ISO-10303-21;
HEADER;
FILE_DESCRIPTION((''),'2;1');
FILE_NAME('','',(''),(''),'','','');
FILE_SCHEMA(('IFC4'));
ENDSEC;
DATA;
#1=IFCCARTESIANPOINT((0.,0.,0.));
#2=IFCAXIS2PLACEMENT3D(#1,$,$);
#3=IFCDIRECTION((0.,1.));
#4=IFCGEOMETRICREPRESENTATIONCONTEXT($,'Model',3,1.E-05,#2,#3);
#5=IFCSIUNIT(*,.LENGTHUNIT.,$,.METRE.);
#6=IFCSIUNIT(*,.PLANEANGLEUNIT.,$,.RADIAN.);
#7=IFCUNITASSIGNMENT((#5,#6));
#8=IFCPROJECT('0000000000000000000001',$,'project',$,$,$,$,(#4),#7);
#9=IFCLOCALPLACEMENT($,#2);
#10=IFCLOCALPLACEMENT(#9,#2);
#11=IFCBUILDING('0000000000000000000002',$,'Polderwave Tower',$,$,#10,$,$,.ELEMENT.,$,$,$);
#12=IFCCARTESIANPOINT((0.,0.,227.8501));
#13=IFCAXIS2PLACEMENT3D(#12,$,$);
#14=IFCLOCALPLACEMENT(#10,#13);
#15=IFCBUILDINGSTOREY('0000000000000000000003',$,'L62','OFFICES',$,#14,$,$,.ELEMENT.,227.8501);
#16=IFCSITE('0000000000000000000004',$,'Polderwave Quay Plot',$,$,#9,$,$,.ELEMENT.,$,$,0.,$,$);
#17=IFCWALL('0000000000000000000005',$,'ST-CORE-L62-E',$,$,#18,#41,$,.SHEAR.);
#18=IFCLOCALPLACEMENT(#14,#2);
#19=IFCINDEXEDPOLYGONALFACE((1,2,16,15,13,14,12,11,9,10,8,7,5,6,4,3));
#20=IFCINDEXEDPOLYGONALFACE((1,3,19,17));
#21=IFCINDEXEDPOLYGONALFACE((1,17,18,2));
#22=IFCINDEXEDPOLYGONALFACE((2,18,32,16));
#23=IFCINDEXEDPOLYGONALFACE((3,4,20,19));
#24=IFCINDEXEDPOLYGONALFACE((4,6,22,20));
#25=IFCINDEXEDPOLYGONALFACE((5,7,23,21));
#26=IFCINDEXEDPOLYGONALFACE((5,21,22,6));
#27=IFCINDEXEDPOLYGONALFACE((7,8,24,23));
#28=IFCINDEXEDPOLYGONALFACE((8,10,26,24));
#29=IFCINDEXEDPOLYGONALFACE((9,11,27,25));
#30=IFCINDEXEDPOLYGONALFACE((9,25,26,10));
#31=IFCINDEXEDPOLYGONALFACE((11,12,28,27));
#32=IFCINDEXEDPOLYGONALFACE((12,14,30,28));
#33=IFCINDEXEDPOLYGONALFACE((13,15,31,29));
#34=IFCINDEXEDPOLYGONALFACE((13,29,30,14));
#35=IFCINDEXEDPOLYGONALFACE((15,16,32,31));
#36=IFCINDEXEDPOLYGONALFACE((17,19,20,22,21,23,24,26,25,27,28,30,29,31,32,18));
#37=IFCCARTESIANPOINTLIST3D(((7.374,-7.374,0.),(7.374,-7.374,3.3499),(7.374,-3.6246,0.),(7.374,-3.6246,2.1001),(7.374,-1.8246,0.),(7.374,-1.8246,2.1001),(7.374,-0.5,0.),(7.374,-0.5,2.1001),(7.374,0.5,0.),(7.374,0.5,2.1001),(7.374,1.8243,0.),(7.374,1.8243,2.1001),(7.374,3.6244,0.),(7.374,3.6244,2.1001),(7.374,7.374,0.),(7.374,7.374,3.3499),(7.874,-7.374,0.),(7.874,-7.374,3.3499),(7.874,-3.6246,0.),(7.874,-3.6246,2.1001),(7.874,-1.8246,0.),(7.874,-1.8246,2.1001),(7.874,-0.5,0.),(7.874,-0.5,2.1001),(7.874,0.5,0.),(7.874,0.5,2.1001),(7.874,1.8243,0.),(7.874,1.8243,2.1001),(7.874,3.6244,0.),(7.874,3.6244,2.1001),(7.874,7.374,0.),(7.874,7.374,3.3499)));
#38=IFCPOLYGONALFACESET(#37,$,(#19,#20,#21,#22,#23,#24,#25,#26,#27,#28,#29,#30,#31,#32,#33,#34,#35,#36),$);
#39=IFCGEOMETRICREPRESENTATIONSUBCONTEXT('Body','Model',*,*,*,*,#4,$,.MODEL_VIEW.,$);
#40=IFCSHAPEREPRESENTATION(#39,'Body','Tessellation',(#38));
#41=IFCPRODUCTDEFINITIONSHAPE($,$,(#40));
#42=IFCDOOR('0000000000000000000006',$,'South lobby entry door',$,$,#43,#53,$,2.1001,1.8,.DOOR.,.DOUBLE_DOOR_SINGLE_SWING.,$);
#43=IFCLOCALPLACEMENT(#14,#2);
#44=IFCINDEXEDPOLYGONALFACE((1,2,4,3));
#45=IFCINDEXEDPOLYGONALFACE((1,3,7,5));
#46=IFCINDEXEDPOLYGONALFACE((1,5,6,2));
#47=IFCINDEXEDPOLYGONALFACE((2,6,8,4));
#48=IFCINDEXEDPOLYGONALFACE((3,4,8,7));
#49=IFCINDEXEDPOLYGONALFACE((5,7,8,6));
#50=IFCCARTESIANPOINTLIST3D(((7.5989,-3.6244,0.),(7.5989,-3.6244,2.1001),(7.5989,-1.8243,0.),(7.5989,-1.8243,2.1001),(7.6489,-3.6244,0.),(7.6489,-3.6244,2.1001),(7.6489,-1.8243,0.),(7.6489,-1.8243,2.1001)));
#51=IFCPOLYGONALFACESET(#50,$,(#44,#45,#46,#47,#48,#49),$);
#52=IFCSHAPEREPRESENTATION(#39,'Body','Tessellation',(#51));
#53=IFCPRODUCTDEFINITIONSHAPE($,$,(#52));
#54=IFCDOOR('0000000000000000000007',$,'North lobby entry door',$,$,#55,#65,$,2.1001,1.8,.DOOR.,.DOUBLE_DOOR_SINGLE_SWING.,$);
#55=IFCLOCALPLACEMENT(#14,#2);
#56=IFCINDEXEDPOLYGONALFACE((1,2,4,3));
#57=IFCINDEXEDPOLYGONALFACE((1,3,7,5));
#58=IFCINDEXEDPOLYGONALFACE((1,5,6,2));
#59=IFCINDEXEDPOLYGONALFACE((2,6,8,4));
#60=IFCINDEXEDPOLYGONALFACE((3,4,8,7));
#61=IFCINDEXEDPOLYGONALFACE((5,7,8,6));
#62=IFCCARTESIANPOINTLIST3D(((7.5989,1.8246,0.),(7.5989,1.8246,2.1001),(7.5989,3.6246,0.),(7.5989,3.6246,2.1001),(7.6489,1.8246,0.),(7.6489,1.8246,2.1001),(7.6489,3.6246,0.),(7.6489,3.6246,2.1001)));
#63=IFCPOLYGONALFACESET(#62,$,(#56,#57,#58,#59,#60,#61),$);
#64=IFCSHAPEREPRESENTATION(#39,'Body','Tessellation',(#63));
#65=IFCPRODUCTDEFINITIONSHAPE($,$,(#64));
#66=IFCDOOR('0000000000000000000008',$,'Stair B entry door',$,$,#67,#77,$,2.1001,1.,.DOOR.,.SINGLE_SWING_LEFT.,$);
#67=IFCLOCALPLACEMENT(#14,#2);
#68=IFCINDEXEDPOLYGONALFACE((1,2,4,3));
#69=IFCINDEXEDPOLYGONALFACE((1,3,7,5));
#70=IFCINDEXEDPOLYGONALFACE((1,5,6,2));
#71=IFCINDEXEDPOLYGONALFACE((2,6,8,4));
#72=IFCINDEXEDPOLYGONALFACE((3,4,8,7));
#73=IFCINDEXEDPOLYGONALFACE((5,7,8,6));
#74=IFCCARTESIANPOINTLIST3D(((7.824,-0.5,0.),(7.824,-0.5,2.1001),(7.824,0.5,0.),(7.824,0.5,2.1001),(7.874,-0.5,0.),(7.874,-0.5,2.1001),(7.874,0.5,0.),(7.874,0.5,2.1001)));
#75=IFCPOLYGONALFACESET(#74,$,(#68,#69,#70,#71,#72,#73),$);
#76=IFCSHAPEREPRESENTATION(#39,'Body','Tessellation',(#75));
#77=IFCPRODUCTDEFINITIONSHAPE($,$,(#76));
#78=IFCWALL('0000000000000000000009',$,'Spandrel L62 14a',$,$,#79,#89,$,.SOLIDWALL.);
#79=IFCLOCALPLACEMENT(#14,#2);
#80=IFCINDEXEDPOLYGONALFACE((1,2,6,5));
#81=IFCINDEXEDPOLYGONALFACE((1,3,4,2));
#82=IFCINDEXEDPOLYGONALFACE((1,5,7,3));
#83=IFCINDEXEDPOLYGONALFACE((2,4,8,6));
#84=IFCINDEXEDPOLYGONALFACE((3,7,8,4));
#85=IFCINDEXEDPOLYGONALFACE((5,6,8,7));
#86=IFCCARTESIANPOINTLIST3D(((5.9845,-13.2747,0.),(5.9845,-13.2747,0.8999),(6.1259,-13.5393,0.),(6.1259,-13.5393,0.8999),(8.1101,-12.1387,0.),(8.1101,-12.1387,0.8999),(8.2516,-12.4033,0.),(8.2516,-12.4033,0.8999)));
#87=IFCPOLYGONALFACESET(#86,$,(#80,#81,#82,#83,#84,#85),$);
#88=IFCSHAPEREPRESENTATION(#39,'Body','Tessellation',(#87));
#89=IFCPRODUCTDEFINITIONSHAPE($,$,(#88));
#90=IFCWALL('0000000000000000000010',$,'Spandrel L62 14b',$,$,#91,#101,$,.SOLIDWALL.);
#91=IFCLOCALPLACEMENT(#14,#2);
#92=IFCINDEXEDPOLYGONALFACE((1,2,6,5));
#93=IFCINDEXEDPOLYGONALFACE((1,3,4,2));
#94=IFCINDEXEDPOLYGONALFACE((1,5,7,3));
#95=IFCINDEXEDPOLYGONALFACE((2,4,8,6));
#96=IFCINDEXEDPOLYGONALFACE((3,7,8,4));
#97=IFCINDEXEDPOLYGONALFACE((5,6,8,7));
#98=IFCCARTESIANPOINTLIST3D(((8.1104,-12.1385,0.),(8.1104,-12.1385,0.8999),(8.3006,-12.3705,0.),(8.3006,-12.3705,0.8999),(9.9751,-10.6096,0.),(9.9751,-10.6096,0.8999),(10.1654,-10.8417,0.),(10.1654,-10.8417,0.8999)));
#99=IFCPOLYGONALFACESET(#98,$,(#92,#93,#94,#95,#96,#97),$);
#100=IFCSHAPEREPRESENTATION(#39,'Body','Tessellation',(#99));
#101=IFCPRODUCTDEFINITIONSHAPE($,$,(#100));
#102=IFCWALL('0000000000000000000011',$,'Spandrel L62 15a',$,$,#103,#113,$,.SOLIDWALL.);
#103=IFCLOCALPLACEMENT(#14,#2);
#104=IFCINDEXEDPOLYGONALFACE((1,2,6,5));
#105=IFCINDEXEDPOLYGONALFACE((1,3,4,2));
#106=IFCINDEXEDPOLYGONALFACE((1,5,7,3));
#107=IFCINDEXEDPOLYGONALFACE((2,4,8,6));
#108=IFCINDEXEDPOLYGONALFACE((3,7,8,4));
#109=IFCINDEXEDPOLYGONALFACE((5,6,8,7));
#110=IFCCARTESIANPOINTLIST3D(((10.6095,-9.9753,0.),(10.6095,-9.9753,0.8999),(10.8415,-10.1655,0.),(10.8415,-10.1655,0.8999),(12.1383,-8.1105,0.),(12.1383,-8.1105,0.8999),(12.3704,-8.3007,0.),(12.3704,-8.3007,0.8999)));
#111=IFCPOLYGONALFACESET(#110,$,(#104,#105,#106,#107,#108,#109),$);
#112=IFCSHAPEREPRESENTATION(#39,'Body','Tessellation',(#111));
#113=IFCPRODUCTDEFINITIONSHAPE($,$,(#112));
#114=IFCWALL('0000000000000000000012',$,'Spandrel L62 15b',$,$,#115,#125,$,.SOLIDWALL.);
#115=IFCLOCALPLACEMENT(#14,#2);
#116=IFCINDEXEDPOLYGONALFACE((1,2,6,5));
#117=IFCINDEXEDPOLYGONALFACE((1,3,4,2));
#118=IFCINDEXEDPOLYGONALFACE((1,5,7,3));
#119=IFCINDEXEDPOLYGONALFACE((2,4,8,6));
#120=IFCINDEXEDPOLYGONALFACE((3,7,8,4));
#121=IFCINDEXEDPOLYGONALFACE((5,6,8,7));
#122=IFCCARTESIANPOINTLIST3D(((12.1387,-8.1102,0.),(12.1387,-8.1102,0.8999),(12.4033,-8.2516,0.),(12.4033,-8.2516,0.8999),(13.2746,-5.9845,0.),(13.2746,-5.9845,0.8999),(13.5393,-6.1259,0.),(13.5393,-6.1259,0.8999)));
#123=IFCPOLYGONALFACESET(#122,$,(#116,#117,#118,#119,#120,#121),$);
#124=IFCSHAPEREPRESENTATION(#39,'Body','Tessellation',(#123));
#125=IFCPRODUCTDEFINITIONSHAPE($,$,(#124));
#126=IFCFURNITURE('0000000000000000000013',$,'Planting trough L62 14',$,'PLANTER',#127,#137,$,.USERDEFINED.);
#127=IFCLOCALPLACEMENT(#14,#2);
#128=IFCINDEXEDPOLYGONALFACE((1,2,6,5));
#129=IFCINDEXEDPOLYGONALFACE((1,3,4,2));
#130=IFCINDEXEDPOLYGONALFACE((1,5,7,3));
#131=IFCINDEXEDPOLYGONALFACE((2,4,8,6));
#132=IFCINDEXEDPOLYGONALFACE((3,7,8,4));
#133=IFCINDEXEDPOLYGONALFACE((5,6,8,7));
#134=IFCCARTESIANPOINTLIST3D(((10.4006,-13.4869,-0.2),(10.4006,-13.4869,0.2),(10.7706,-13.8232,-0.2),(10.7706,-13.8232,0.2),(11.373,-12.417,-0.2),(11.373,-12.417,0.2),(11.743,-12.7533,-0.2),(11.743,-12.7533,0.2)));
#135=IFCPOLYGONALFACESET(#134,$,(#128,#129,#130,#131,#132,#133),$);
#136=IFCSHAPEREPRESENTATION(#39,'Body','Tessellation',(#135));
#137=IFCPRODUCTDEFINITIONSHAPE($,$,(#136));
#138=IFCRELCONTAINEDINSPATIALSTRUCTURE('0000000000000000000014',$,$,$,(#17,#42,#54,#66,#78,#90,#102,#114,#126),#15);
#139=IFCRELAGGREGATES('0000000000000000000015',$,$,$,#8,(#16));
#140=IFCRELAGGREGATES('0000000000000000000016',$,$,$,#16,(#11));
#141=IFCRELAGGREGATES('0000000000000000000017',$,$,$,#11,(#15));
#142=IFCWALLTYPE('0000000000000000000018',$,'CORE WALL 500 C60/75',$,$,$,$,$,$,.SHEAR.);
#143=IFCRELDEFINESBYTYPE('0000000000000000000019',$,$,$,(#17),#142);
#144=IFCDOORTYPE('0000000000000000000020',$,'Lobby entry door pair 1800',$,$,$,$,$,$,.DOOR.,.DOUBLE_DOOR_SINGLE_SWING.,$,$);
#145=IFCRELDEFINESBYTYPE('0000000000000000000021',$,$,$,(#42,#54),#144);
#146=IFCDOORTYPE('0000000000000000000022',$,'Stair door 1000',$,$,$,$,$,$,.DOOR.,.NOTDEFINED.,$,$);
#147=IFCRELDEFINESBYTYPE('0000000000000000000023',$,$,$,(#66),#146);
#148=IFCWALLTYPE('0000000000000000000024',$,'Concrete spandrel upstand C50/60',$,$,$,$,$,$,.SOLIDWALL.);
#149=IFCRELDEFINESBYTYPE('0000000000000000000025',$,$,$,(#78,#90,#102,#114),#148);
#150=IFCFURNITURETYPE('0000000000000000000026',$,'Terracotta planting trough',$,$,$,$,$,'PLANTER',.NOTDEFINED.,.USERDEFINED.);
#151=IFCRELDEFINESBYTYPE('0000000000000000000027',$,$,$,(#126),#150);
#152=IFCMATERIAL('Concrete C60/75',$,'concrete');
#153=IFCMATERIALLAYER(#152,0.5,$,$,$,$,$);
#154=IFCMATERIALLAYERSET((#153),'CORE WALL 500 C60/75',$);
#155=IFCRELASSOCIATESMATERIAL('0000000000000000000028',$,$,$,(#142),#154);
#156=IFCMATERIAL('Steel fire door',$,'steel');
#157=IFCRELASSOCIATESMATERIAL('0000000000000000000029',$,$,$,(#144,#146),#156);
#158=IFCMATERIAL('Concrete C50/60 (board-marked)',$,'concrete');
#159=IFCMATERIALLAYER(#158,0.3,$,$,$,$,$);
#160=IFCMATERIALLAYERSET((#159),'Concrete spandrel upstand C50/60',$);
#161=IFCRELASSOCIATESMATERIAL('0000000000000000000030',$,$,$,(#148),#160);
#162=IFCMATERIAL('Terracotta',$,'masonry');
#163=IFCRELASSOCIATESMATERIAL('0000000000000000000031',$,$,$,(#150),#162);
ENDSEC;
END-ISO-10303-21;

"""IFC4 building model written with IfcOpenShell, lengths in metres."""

from ifc_helpers import new_model, si_unit, direction, frame, frame_2d, origin, origin_2d, place, context, subcontext, project, spatial, rectangle, extrude, material, layer, layer_set, type_object, element, fill, save


model = new_model("IFC4")

# Units and contexts
model_context = context("Model", 3, precision=1e-05, world=origin(), true_north=direction((0.0, 1.0)))
body_context = subcontext(model_context, "Body", "Model", "MODEL_VIEW")
ifc_project = project(units=[si_unit("LENGTHUNIT", "METRE"), si_unit("PLANEANGLEUNIT", "RADIAN")], contexts=[model_context])

# Site, building, storey
site_placement = place(None, origin())
site = spatial("IfcSite", under=ifc_project, at=site_placement, Name="Polderwave Quay Plot", CompositionType="ELEMENT", RefElevation=0.0)
building_placement = place(site_placement, origin())
building = spatial("IfcBuilding", under=site, at=building_placement, Name="Polderwave Tower", CompositionType="ELEMENT")
storey_placement = place(building_placement, frame((0.0, 0.0, 227.8501)))
storey = spatial("IfcBuildingStorey", under=building, at=storey_placement, Name="L62", Description="OFFICES", CompositionType="ELEMENT", Elevation=227.8501)

# Shared definitions
ifc_material_1 = material(Name="Concrete C60/75", Category="concrete")

# Wall, openings, doors
ifc_layer_1 = layer(ifc_material_1, 0.5)
ifc_layer_set_1 = layer_set([ifc_layer_1], Name="CORE WALL 500 C60/75")
wall_type_1 = type_object("IfcWallType", Name="CORE WALL 500 C60/75", PredefinedType="SHEAR", material=ifc_layer_set_1)
wall_1_placement = place(storey_placement, frame((7.624, -7.374, 0.0), z_axis=(0.0, 0.0, 1.0), x_axis=(0.0, 1.0, 0.0)))
wall_1 = element("IfcWall", 1, at=wall_1_placement, inside=storey, type_object=wall_type_1, Name="ST-CORE-L62-E", PredefinedType="SHEAR", context=body_context, shape_type="SweptSolid", body=[
    extrude(rectangle(XDim=14.748, YDim=0.5, at=frame_2d((7.374, 0.0))), origin(), (0.0, 0.0, 1.0), 3.3499),
])
opening_1_placement = place(wall_1_placement, frame((6.874, 0.0, 0.0)))
opening_1 = element("IfcOpeningElement", 2, at=opening_1_placement, cuts=wall_1, PredefinedType="OPENING", context=body_context, shape_type="SweptSolid", body=[
    extrude(rectangle(XDim=1.0, YDim=2.1001, at=frame_2d((0.5, 1.05))), frame((0.0, 0.26, 0.0), z_axis=(0.0, -1.0, 0.0), x_axis=(1.0, 0.0, 0.0)), (0.0, 0.0, 1.0), 0.52),
])
opening_2_placement = place(wall_1_placement, frame((3.7495, 0.0, 0.0)))
opening_2 = element("IfcOpeningElement", 3, at=opening_2_placement, cuts=wall_1, PredefinedType="OPENING", context=body_context, shape_type="SweptSolid", body=[
    extrude(rectangle(XDim=1.8, YDim=2.1001, at=frame_2d((0.8999, 1.05))), frame((0.0, 0.26, 0.0), z_axis=(0.0, -1.0, 0.0), x_axis=(1.0, 0.0, 0.0)), (0.0, 0.0, 1.0), 0.52),
])
opening_3_placement = place(wall_1_placement, frame((9.1985, 0.0, 0.0)))
opening_3 = element("IfcOpeningElement", 4, at=opening_3_placement, cuts=wall_1, PredefinedType="OPENING", context=body_context, shape_type="SweptSolid", body=[
    extrude(rectangle(XDim=1.8, YDim=2.1001, at=frame_2d((0.8999, 1.05))), frame((0.0, 0.26, 0.0), z_axis=(0.0, -1.0, 0.0), x_axis=(1.0, 0.0, 0.0)), (0.0, 0.0, 1.0), 0.52),
])
ifc_material_2 = material(Name="Steel fire door", Category="steel")
door_type_1 = type_object("IfcDoorType", Name="Lobby entry door pair 1800", OperationType="DOUBLE_DOOR_SINGLE_SWING", PredefinedType="DOOR", material=ifc_material_2)
door_1_placement = place(opening_2_placement, frame((1.8, 0.0, 0.0), z_axis=(0.0, 0.0, 1.0), x_axis=(-1.0, 0.0, 0.0)))
door_1 = element("IfcDoor", 5, at=door_1_placement, inside=storey, type_object=door_type_1, Name="South lobby entry door", OperationType="DOUBLE_DOOR_SINGLE_SWING", OverallHeight=2.1001, OverallWidth=1.8, PredefinedType="DOOR", context=body_context, shape_type="SweptSolid", body=[
    extrude(rectangle(XDim=1.8, YDim=2.1001, at=frame_2d((0.8999, 1.05))), frame((0.0, 0.0249, 0.0), z_axis=(0.0, -1.0, 0.0), x_axis=(1.0, 0.0, 0.0)), (0.0, 0.0, 1.0), 0.05),
])
fill(opening_2, door_1)
door_2_placement = place(opening_3_placement, frame((1.8, 0.0, 0.0), z_axis=(0.0, 0.0, 1.0), x_axis=(-1.0, 0.0, 0.0)))
door_2 = element("IfcDoor", 6, at=door_2_placement, inside=storey, type_object=door_type_1, Name="North lobby entry door", OperationType="DOUBLE_DOOR_SINGLE_SWING", OverallHeight=2.1001, OverallWidth=1.8, PredefinedType="DOOR", context=body_context, shape_type="SweptSolid", body=[
    extrude(rectangle(XDim=1.8, YDim=2.1001, at=frame_2d((0.8999, 1.05))), frame((0.0, 0.0249, 0.0), z_axis=(0.0, -1.0, 0.0), x_axis=(1.0, 0.0, 0.0)), (0.0, 0.0, 1.0), 0.05),
])
fill(opening_3, door_2)
door_type_2 = type_object("IfcDoorType", Name="Stair door 1000", OperationType="NOTDEFINED", PredefinedType="DOOR", material=ifc_material_2)
door_3_placement = place(opening_1_placement, frame((1.0, 0.0, 0.0), z_axis=(0.0, 0.0, 1.0), x_axis=(-1.0, 0.0, 0.0)))
door_3 = element("IfcDoor", 7, at=door_3_placement, inside=storey, type_object=door_type_2, Name="Stair B entry door", OperationType="SINGLE_SWING_LEFT", OverallHeight=2.1001, OverallWidth=1.0, PredefinedType="DOOR", context=body_context, shape_type="SweptSolid", body=[
    extrude(rectangle(XDim=1.0, YDim=2.1001, at=frame_2d((0.5, 1.05))), frame((0.0, 0.25, 0.0), z_axis=(0.0, -1.0, 0.0), x_axis=(1.0, 0.0, 0.0)), (0.0, 0.0, 1.0), 0.05),
])
fill(opening_1, door_3)

# Walls
ifc_material_3 = material(Name="Concrete C50/60 (board-marked)", Category="concrete")
ifc_layer_2 = layer(ifc_material_3, 0.3)
ifc_layer_set_2 = layer_set([ifc_layer_2], Name="Concrete spandrel upstand C50/60")
wall_type_2 = type_object("IfcWallType", Name="Concrete spandrel upstand C50/60", PredefinedType="SOLIDWALL", material=ifc_layer_set_2)
wall_2_placement = place(storey_placement, frame((6.0552, -13.407, 0.0), z_axis=(0.0, 0.0, 1.0), x_axis=(0.881963, 0.471319, 0.0)))
element("IfcWall", 8, at=wall_2_placement, inside=storey, type_object=wall_type_2, Name="Spandrel L62 14a", PredefinedType="SOLIDWALL", context=body_context, shape_type="SweptSolid", body=[
    extrude(rectangle(XDim=2.4102, YDim=0.3, at=frame_2d((1.2051, 0.0))), origin(), (0.0, 0.0, 1.0), 0.8999),
])
for number, where, z_axis, x_axis, name in (
    (9, (8.2056, -12.2544, 0.0), (0.0, 0.0, 1.0), (0.773325, 0.634009, 0.0), "Spandrel L62 14b"),
    (10, (10.7256, -10.0703, 0.0), (0.0, 0.0, 1.0), (0.634009, 0.773325, 0.0), "Spandrel L62 15a"),
):
    element("IfcWall", number, at=place(storey_placement, frame(where, z_axis=z_axis, x_axis=x_axis)), inside=storey, type_object=wall_type_2, Name=name, PredefinedType="SOLIDWALL", context=body_context, shape_type="SweptSolid", body=[
        extrude(rectangle(XDim=2.4114, YDim=0.3, at=frame_2d((1.2056, 0.0))), origin(), (0.0, 0.0, 1.0), 0.8999),
    ])
wall_3_placement = place(storey_placement, frame((12.271, -8.1809, 0.0), z_axis=(0.0, 0.0, 1.0), x_axis=(0.471319, 0.881963, 0.0)))
element("IfcWall", 11, at=wall_3_placement, inside=storey, type_object=wall_type_2, Name="Spandrel L62 15b", PredefinedType="SOLIDWALL", context=body_context, shape_type="SweptSolid", body=[
    extrude(rectangle(XDim=2.4102, YDim=0.3, at=frame_2d((1.2051, 0.0))), origin(), (0.0, 0.0, 1.0), 0.8999),
])

# Furniture
ifc_material_4 = material(Name="Terracotta", Category="masonry")
furniture_type = type_object("IfcFurnitureType", Name="Terracotta planting trough", ElementType="PLANTER", AssemblyPlace="NOTDEFINED", PredefinedType="USERDEFINED", material=ifc_material_4)
furniture_placement = place(storey_placement, frame((11.0718, -13.1201, -0.2), z_axis=(0.0, 0.0, 1.0), x_axis=(0.67257, 0.740034, 0.0)))
element("IfcFurniture", 12, at=furniture_placement, inside=storey, type_object=furniture_type, Name="Planting trough L62 14", ObjectType="PLANTER", PredefinedType="USERDEFINED", context=body_context, shape_type="SweptSolid", body=[
    extrude(rectangle(XDim=1.4458, YDim=0.5, at=origin_2d()), origin(), (0.0, 0.0, 1.0), 0.3999),
])

save(model, "model.ifc")
